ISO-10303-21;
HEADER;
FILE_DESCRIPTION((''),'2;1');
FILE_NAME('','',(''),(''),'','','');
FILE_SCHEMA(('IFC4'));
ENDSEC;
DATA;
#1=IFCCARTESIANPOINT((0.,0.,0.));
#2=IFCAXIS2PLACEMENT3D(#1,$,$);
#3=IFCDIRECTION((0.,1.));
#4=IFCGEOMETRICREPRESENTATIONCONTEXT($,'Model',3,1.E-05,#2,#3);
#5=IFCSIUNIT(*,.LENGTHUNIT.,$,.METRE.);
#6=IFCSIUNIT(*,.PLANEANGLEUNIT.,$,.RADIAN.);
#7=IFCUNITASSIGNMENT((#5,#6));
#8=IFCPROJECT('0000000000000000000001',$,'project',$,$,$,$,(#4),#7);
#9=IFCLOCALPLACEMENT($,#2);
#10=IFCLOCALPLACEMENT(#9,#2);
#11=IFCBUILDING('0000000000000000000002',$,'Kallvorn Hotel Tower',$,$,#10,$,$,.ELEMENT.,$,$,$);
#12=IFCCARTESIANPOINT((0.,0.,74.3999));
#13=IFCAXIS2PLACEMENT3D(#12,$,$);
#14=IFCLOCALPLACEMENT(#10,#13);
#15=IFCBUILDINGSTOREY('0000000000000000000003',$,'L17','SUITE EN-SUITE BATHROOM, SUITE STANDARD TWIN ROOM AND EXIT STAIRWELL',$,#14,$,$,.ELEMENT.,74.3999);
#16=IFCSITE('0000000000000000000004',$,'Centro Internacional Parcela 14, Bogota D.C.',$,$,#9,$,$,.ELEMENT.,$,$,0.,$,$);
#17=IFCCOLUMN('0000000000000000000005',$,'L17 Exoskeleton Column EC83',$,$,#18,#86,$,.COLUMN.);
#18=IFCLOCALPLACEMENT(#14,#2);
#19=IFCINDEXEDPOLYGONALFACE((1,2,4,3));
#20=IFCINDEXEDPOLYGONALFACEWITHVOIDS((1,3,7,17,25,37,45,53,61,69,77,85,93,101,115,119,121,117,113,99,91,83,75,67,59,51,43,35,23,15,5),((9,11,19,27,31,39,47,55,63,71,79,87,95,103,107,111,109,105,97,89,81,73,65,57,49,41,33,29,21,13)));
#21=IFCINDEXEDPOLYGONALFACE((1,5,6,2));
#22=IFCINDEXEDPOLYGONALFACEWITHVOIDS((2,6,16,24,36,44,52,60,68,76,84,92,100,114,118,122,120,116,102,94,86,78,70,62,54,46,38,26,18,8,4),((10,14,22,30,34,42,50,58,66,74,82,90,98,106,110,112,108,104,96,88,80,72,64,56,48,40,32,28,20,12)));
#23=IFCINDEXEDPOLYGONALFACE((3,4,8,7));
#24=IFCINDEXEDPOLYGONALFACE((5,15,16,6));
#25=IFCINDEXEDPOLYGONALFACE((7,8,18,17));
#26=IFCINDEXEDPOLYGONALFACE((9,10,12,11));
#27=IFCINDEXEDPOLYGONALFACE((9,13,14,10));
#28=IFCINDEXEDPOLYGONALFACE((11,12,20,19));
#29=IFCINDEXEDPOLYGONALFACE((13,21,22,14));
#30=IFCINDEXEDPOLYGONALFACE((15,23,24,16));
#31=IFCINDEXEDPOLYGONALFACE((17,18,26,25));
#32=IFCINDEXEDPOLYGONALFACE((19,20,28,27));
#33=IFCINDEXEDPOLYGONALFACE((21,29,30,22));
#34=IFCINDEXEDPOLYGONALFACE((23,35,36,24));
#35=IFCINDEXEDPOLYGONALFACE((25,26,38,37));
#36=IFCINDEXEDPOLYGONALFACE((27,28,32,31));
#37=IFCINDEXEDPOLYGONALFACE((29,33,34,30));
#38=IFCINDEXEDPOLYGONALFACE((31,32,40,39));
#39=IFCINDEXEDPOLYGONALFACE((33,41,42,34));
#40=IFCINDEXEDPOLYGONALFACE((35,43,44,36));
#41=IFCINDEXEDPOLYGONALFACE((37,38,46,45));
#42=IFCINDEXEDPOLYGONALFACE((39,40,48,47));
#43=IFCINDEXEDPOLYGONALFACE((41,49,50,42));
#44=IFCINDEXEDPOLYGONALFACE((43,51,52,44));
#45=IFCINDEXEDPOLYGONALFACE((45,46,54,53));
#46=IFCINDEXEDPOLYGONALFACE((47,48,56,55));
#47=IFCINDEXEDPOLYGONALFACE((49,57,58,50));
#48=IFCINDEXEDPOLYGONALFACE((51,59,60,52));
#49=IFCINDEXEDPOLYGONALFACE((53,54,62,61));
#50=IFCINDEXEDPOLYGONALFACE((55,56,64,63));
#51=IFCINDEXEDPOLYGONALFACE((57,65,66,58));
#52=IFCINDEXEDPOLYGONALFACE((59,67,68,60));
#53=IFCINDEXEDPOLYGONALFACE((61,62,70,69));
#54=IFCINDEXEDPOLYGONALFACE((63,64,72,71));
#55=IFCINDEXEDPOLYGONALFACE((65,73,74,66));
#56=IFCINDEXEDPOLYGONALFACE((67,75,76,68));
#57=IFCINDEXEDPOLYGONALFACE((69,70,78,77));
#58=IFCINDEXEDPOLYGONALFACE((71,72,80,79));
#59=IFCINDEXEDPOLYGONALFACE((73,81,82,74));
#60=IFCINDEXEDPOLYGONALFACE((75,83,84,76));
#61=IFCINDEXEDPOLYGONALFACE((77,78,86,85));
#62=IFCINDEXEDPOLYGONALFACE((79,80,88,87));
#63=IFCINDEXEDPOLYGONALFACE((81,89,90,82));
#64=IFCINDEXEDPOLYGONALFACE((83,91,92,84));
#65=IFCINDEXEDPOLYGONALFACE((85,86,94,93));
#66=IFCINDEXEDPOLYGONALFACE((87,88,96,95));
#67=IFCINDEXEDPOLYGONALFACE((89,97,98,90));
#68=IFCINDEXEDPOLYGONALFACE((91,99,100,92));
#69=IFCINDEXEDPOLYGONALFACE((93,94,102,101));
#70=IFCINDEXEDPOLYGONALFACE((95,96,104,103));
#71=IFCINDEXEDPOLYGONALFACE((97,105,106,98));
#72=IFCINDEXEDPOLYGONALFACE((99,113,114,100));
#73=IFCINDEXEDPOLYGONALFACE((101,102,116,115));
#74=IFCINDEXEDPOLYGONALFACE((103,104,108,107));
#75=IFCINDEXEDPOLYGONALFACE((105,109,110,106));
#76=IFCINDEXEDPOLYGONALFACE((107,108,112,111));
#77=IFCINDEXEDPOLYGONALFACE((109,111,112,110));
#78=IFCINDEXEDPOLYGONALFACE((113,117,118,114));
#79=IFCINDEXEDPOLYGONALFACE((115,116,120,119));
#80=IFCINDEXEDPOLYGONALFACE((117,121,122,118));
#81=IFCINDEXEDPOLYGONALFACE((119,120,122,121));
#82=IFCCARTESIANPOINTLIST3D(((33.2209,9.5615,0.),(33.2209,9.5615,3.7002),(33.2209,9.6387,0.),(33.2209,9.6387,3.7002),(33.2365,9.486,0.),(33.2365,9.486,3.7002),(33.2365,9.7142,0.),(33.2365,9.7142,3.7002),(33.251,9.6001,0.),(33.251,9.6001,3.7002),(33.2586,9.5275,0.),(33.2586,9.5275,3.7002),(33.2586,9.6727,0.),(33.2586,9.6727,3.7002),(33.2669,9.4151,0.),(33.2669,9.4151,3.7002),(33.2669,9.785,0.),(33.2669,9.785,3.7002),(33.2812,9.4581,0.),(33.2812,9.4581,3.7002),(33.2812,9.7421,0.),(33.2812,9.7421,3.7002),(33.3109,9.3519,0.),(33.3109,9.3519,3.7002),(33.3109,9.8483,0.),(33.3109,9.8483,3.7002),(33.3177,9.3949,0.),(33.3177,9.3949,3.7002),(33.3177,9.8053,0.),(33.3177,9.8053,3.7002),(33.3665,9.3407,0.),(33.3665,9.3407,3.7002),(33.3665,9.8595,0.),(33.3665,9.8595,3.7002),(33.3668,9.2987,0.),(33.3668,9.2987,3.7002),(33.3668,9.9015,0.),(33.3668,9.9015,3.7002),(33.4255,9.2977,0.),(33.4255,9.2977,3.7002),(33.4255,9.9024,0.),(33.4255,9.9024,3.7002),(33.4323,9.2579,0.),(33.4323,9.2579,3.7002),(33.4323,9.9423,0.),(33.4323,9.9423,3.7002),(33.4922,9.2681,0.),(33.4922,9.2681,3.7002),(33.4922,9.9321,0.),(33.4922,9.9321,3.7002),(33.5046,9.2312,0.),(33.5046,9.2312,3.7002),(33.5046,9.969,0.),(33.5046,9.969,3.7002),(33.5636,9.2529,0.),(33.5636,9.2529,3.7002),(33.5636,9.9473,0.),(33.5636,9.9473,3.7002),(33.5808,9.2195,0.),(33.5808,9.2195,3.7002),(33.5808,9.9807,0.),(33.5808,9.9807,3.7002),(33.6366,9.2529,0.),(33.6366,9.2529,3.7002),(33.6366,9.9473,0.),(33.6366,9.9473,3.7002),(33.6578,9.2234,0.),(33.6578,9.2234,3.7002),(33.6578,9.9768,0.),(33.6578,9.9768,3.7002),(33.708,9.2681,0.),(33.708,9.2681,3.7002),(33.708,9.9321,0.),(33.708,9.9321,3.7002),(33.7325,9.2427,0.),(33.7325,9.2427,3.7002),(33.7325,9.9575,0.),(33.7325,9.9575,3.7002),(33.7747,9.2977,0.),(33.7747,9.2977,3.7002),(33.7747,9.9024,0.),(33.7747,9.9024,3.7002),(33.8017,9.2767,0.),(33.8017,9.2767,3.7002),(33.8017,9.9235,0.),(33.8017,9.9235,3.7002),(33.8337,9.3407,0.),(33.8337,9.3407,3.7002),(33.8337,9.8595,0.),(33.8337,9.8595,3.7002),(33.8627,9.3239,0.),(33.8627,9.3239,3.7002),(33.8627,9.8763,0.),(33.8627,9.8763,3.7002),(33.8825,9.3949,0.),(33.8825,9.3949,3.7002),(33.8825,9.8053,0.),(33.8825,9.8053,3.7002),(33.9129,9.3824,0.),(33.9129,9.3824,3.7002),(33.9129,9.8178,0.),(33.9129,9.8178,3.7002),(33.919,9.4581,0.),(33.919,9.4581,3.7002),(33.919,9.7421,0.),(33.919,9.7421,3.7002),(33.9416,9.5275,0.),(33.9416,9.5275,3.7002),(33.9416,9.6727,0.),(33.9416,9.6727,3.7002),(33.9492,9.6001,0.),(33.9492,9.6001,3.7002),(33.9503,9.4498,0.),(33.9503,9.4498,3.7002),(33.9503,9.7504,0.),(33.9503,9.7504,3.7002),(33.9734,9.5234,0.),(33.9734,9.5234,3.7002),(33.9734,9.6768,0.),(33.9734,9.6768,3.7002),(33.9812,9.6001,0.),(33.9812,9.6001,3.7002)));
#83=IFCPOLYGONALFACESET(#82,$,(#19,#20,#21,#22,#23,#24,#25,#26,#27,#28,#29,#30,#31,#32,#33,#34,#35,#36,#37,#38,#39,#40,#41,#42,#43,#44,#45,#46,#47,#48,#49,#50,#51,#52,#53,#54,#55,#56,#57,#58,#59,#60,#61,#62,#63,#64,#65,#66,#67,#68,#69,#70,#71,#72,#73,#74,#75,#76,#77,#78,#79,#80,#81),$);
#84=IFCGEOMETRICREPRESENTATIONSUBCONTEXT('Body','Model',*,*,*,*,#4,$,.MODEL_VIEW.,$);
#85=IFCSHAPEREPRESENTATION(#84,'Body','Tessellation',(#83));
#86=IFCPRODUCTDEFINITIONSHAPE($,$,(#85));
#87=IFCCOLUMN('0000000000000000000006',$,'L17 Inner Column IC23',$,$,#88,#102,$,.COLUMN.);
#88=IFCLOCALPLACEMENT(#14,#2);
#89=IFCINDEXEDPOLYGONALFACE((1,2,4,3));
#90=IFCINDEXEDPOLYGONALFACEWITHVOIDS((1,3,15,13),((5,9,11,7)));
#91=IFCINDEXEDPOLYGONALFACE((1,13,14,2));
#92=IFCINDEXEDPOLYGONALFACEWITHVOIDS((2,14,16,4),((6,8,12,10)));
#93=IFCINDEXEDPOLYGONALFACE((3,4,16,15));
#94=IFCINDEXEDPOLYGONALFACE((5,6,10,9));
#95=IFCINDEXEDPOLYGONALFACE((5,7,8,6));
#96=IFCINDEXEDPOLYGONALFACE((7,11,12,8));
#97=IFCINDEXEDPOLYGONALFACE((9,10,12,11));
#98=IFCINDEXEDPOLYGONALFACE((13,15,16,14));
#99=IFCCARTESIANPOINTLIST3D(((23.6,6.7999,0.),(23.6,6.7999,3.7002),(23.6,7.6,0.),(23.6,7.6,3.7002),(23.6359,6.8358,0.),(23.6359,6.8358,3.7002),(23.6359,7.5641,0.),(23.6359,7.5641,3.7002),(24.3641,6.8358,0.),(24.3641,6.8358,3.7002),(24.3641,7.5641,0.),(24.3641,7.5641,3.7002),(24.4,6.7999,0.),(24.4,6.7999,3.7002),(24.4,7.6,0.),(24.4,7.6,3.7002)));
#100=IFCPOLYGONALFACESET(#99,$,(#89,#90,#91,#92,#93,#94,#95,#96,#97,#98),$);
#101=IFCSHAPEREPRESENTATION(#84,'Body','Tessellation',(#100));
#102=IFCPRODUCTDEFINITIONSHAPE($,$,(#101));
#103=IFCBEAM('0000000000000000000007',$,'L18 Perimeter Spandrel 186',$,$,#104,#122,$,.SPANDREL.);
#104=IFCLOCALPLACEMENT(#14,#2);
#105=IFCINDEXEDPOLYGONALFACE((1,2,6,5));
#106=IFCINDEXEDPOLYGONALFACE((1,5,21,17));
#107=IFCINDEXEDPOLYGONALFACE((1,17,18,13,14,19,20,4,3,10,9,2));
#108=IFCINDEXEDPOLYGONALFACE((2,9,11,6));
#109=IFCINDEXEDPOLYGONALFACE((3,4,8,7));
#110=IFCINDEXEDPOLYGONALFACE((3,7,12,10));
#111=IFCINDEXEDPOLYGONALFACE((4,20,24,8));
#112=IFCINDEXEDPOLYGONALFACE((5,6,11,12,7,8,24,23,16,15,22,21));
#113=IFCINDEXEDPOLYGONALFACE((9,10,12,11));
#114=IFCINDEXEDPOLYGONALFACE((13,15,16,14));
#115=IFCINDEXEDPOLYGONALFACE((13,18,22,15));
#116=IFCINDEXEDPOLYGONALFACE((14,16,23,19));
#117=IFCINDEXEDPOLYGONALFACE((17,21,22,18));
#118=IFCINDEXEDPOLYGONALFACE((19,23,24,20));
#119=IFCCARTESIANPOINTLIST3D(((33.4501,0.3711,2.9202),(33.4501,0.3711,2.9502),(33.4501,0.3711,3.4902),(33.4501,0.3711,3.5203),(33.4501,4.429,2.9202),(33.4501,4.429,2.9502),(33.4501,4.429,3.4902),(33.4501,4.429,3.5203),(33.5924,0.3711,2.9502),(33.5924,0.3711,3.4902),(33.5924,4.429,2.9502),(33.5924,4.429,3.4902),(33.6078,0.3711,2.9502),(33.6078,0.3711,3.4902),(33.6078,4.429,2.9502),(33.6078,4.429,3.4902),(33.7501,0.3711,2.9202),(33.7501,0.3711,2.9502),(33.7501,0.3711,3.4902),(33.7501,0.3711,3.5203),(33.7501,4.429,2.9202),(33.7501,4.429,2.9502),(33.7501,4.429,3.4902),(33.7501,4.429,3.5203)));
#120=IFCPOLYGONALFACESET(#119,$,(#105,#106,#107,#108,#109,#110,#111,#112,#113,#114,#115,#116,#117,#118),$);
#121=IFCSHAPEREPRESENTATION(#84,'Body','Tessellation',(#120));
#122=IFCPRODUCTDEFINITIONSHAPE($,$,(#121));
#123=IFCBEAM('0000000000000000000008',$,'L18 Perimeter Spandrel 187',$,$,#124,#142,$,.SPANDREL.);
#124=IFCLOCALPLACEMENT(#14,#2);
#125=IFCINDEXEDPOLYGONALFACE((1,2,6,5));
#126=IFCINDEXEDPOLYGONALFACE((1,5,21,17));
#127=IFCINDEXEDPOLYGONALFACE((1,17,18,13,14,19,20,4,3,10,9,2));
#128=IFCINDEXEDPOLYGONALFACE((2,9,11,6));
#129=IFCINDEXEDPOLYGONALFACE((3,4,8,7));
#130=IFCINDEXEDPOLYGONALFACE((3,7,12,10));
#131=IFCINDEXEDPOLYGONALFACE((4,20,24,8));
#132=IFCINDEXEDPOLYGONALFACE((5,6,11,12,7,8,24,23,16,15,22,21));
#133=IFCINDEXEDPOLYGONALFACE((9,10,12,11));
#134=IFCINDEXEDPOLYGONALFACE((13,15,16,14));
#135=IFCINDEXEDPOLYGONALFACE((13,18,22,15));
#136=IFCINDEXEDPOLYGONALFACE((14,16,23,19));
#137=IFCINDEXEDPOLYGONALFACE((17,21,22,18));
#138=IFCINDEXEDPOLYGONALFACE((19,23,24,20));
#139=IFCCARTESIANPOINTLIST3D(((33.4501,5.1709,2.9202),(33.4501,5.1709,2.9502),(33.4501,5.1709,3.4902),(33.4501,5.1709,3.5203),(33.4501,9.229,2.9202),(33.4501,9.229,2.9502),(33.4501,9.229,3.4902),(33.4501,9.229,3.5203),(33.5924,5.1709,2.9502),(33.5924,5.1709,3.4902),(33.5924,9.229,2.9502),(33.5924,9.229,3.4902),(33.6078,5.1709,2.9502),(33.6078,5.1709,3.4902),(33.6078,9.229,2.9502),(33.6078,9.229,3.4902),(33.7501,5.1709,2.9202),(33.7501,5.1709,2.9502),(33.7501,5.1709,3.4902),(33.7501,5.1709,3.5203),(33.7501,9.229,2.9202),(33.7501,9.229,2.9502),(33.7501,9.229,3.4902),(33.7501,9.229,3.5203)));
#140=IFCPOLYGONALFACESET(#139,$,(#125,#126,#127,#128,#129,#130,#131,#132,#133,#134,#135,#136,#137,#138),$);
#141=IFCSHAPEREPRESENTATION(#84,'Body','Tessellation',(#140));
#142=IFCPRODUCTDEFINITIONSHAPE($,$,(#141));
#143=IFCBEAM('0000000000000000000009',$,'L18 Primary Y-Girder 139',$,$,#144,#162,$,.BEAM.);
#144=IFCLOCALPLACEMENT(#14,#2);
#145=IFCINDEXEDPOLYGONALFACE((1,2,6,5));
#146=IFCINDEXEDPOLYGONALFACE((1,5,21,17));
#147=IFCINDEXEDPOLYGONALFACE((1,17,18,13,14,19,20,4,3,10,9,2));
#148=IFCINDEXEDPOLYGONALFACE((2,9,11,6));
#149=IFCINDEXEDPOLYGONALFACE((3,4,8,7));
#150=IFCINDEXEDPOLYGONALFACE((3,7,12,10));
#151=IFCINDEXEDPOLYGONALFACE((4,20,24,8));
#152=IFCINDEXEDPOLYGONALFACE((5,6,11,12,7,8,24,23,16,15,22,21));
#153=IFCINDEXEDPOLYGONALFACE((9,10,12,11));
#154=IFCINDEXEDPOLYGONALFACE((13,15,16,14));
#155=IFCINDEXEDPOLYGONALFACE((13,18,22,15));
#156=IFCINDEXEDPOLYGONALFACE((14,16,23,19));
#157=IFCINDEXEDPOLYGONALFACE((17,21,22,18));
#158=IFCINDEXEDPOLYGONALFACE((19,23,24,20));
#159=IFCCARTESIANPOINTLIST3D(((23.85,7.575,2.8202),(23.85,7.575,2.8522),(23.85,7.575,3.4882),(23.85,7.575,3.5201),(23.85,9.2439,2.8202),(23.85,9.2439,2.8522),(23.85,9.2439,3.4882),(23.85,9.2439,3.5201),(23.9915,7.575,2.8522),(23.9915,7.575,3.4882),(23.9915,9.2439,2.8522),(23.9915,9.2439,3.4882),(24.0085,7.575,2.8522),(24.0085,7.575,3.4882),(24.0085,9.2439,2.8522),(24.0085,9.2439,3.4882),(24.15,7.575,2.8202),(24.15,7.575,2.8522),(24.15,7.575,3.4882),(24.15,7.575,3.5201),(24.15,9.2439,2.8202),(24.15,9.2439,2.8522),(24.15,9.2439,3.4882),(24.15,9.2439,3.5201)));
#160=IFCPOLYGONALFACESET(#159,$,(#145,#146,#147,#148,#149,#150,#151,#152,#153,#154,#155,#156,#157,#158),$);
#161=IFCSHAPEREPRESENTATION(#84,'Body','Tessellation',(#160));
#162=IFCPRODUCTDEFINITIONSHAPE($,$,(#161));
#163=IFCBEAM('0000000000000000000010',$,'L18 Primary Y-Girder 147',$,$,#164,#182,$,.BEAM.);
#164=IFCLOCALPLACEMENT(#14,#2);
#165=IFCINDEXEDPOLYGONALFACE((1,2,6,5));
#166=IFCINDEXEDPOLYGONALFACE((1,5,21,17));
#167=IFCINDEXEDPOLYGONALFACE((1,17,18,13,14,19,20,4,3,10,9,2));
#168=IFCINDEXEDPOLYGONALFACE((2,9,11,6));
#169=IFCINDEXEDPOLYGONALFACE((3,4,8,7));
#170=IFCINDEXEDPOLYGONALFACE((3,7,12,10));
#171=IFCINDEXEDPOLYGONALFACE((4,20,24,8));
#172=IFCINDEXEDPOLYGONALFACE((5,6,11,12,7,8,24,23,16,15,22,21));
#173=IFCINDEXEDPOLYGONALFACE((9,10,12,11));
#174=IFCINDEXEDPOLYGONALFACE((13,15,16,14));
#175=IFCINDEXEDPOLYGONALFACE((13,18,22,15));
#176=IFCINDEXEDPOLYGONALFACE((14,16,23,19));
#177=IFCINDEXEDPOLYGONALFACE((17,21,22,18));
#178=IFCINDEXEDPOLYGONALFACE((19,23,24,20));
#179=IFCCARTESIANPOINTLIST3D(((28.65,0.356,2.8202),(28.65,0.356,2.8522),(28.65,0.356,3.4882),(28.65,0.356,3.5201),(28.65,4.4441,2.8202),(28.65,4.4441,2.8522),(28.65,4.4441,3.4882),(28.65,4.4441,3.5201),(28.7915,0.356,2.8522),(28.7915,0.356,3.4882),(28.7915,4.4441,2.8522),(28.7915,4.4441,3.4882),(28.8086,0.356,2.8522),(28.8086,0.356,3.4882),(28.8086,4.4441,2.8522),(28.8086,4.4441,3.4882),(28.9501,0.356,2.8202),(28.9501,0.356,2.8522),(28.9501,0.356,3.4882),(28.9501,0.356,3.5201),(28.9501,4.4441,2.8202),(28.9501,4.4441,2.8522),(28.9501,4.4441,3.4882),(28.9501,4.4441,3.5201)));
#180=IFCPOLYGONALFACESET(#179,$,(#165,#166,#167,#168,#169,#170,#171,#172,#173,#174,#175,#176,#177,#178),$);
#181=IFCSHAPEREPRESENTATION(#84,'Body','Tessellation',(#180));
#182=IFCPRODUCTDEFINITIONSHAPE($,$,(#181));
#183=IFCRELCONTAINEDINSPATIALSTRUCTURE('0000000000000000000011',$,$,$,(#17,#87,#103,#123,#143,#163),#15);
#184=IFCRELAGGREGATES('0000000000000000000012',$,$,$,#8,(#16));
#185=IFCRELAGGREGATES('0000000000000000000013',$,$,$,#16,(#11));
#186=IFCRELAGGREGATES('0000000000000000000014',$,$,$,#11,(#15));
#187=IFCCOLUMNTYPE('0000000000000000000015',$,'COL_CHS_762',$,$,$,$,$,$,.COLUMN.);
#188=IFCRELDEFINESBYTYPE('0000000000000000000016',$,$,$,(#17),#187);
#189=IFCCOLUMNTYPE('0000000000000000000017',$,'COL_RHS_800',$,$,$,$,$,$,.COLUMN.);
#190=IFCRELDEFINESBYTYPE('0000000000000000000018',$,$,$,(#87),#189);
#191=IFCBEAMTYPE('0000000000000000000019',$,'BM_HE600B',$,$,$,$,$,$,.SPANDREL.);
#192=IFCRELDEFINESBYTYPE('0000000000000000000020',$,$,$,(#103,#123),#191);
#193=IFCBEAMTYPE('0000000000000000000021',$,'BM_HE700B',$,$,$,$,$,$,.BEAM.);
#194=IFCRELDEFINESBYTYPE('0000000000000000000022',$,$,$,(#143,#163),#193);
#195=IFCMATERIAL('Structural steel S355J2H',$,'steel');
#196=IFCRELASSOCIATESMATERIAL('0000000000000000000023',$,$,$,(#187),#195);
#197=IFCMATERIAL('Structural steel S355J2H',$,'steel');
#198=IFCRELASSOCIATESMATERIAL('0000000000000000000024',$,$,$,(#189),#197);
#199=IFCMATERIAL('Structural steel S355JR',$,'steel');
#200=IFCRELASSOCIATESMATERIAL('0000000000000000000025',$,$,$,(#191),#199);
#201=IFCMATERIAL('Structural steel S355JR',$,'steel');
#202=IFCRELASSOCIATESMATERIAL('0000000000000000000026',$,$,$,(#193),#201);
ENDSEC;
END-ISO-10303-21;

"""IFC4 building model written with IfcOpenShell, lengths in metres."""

from ifc_helpers import new_model, si_unit, direction, frame, origin, origin_2d, place, context, subcontext, project, spatial, hollow_rectangle, hollow_circle, i_section, extrude, material, material_profile, profile_set, type_object, element, save


model = new_model("IFC4")

# Units and contexts
model_context = context("Model", 3, precision=1e-05, world=origin(), true_north=direction((0.0, 1.0)))
body_context = subcontext(model_context, "Body", "Model", "MODEL_VIEW")
ifc_project = project(units=[si_unit("LENGTHUNIT", "METRE"), si_unit("PLANEANGLEUNIT", "RADIAN")], contexts=[model_context])

# Site, building, storey
site_placement = place(None, origin())
site = spatial("IfcSite", under=ifc_project, at=site_placement, Name="Centro Internacional Parcela 14, Bogota D.C.", CompositionType="ELEMENT", RefElevation=0.0)
building_placement = place(site_placement, origin())
building = spatial("IfcBuilding", under=site, at=building_placement, Name="Kallvorn Hotel Tower", CompositionType="ELEMENT")
storey_placement = place(building_placement, frame((0.0, 0.0, 74.3999)))
storey = spatial("IfcBuildingStorey", under=building, at=storey_placement, Name="L17", Description="SUITE EN-SUITE BATHROOM, SUITE STANDARD TWIN ROOM AND EXIT STAIRWELL", CompositionType="ELEMENT", Elevation=74.3999)

# Columns
ifc_material_1 = material(Name="Structural steel S355J2H", Category="steel")
ifc_material_profile_1 = material_profile(ifc_material_1, hollow_circle(Radius=0.3811, WallThickness=0.032, at=origin_2d()), Name="CHS 762x32")
ifc_profile_set_1 = profile_set([ifc_material_profile_1], Name="Structural steel S355J2H")
column_type_1 = type_object("IfcColumnType", Name="COL_CHS_762", PredefinedType="COLUMN", material=ifc_profile_set_1)
for number, where, z_axis, x_axis, name in (
    (1, (33.6001, 9.6001, 0.0), (0.0, 0.0, 1.0), (1.0, 0.0, 0.0), "L17 Exoskeleton Column EC83"),
):
    element("IfcColumn", number, at=place(storey_placement, frame(where, z_axis=z_axis, x_axis=x_axis)), inside=storey, type_object=column_type_1, Name=name, PredefinedType="COLUMN", context=body_context, shape_type="SweptSolid", body=[
        extrude(hollow_circle(Radius=0.3811, WallThickness=0.032, at=origin_2d()), origin(), (0.0, 0.0, 1.0), 3.7002),
    ])
ifc_material_2 = material(Name="Structural steel S355J2H", Category="steel")
ifc_material_profile_2 = material_profile(ifc_material_2, hollow_rectangle(XDim=0.8, YDim=0.8, WallThickness=0.0359, at=origin_2d()), Name="RHS 800x800x36")
ifc_profile_set_2 = profile_set([ifc_material_profile_2], Name="Structural steel S355J2H")
column_type_2 = type_object("IfcColumnType", Name="COL_RHS_800", PredefinedType="COLUMN", material=ifc_profile_set_2)
column_placement = place(storey_placement, frame((24.0, 7.2, 0.0), z_axis=(0.0, 0.0, 1.0), x_axis=(1.0, 0.0, 0.0)))
element("IfcColumn", 2, at=column_placement, inside=storey, type_object=column_type_2, Name="L17 Inner Column IC23", PredefinedType="COLUMN", context=body_context, shape_type="SweptSolid", body=[
    extrude(hollow_rectangle(XDim=0.8, YDim=0.8, WallThickness=0.0359, at=origin_2d()), origin(), (0.0, 0.0, 1.0), 3.7002),
])

# Beams
ifc_material_3 = material(Name="Structural steel S355JR", Category="steel")
ifc_material_profile_3 = material_profile(ifc_material_3, i_section(OverallWidth=0.3, OverallDepth=0.6001, WebThickness=0.0154, FlangeThickness=0.03, at=origin_2d()), Name="HE 600 B")
ifc_profile_set_3 = profile_set([ifc_material_profile_3], Name="Structural steel S355JR")
beam_type_1 = type_object("IfcBeamType", Name="BM_HE600B", PredefinedType="SPANDREL", material=ifc_profile_set_3)
beam_1_placement = place(storey_placement, frame((33.6001, 0.3711, 3.2202), z_axis=(0.0, 1.0, 0.0), x_axis=(-1.0, 0.0, 0.0)))
element("IfcBeam", 3, at=beam_1_placement, inside=storey, type_object=beam_type_1, Name="L18 Perimeter Spandrel 186", PredefinedType="SPANDREL", context=body_context, shape_type="SweptSolid", body=[
    extrude(i_section(OverallWidth=0.3, OverallDepth=0.6001, WebThickness=0.0154, FlangeThickness=0.03, at=origin_2d()), origin(), (0.0, 0.0, 1.0), 4.0579),
])
beam_2_placement = place(storey_placement, frame((33.6001, 5.1709, 3.2202), z_axis=(0.0, 1.0, 0.0), x_axis=(-1.0, 0.0, 0.0)))
element("IfcBeam", 4, at=beam_2_placement, inside=storey, type_object=beam_type_1, Name="L18 Perimeter Spandrel 187", PredefinedType="SPANDREL", context=body_context, shape_type="SweptSolid", body=[
    extrude(i_section(OverallWidth=0.3, OverallDepth=0.6001, WebThickness=0.0154, FlangeThickness=0.03, at=origin_2d()), origin(), (0.0, 0.0, 1.0), 4.0581),
])
ifc_material_4 = material(Name="Structural steel S355JR", Category="steel")
ifc_material_profile_4 = material_profile(ifc_material_4, i_section(OverallWidth=0.3, OverallDepth=0.7, WebThickness=0.0171, FlangeThickness=0.032, at=origin_2d()), Name="HE 700 B")
ifc_profile_set_4 = profile_set([ifc_material_profile_4], Name="Structural steel S355JR")
beam_type_2 = type_object("IfcBeamType", Name="BM_HE700B", PredefinedType="BEAM", material=ifc_profile_set_4)
beam_3_placement = place(storey_placement, frame((24.0, 7.575, 3.1702), z_axis=(0.0, 1.0, 0.0), x_axis=(-1.0, 0.0, 0.0)))
element("IfcBeam", 5, at=beam_3_placement, inside=storey, type_object=beam_type_2, Name="L18 Primary Y-Girder 139", PredefinedType="BEAM", context=body_context, shape_type="SweptSolid", body=[
    extrude(i_section(OverallWidth=0.3, OverallDepth=0.7, WebThickness=0.0171, FlangeThickness=0.032, at=origin_2d()), origin(), (0.0, 0.0, 1.0), 1.6689),
])
beam_4_placement = place(storey_placement, frame((28.8, 0.356, 3.1702), z_axis=(0.0, 1.0, 0.0), x_axis=(-1.0, 0.0, 0.0)))
element("IfcBeam", 6, at=beam_4_placement, inside=storey, type_object=beam_type_2, Name="L18 Primary Y-Girder 147", PredefinedType="BEAM", context=body_context, shape_type="SweptSolid", body=[
    extrude(i_section(OverallWidth=0.3, OverallDepth=0.7, WebThickness=0.0171, FlangeThickness=0.032, at=origin_2d()), origin(), (0.0, 0.0, 1.0), 4.0881),
])

save(model, "model.ifc")
